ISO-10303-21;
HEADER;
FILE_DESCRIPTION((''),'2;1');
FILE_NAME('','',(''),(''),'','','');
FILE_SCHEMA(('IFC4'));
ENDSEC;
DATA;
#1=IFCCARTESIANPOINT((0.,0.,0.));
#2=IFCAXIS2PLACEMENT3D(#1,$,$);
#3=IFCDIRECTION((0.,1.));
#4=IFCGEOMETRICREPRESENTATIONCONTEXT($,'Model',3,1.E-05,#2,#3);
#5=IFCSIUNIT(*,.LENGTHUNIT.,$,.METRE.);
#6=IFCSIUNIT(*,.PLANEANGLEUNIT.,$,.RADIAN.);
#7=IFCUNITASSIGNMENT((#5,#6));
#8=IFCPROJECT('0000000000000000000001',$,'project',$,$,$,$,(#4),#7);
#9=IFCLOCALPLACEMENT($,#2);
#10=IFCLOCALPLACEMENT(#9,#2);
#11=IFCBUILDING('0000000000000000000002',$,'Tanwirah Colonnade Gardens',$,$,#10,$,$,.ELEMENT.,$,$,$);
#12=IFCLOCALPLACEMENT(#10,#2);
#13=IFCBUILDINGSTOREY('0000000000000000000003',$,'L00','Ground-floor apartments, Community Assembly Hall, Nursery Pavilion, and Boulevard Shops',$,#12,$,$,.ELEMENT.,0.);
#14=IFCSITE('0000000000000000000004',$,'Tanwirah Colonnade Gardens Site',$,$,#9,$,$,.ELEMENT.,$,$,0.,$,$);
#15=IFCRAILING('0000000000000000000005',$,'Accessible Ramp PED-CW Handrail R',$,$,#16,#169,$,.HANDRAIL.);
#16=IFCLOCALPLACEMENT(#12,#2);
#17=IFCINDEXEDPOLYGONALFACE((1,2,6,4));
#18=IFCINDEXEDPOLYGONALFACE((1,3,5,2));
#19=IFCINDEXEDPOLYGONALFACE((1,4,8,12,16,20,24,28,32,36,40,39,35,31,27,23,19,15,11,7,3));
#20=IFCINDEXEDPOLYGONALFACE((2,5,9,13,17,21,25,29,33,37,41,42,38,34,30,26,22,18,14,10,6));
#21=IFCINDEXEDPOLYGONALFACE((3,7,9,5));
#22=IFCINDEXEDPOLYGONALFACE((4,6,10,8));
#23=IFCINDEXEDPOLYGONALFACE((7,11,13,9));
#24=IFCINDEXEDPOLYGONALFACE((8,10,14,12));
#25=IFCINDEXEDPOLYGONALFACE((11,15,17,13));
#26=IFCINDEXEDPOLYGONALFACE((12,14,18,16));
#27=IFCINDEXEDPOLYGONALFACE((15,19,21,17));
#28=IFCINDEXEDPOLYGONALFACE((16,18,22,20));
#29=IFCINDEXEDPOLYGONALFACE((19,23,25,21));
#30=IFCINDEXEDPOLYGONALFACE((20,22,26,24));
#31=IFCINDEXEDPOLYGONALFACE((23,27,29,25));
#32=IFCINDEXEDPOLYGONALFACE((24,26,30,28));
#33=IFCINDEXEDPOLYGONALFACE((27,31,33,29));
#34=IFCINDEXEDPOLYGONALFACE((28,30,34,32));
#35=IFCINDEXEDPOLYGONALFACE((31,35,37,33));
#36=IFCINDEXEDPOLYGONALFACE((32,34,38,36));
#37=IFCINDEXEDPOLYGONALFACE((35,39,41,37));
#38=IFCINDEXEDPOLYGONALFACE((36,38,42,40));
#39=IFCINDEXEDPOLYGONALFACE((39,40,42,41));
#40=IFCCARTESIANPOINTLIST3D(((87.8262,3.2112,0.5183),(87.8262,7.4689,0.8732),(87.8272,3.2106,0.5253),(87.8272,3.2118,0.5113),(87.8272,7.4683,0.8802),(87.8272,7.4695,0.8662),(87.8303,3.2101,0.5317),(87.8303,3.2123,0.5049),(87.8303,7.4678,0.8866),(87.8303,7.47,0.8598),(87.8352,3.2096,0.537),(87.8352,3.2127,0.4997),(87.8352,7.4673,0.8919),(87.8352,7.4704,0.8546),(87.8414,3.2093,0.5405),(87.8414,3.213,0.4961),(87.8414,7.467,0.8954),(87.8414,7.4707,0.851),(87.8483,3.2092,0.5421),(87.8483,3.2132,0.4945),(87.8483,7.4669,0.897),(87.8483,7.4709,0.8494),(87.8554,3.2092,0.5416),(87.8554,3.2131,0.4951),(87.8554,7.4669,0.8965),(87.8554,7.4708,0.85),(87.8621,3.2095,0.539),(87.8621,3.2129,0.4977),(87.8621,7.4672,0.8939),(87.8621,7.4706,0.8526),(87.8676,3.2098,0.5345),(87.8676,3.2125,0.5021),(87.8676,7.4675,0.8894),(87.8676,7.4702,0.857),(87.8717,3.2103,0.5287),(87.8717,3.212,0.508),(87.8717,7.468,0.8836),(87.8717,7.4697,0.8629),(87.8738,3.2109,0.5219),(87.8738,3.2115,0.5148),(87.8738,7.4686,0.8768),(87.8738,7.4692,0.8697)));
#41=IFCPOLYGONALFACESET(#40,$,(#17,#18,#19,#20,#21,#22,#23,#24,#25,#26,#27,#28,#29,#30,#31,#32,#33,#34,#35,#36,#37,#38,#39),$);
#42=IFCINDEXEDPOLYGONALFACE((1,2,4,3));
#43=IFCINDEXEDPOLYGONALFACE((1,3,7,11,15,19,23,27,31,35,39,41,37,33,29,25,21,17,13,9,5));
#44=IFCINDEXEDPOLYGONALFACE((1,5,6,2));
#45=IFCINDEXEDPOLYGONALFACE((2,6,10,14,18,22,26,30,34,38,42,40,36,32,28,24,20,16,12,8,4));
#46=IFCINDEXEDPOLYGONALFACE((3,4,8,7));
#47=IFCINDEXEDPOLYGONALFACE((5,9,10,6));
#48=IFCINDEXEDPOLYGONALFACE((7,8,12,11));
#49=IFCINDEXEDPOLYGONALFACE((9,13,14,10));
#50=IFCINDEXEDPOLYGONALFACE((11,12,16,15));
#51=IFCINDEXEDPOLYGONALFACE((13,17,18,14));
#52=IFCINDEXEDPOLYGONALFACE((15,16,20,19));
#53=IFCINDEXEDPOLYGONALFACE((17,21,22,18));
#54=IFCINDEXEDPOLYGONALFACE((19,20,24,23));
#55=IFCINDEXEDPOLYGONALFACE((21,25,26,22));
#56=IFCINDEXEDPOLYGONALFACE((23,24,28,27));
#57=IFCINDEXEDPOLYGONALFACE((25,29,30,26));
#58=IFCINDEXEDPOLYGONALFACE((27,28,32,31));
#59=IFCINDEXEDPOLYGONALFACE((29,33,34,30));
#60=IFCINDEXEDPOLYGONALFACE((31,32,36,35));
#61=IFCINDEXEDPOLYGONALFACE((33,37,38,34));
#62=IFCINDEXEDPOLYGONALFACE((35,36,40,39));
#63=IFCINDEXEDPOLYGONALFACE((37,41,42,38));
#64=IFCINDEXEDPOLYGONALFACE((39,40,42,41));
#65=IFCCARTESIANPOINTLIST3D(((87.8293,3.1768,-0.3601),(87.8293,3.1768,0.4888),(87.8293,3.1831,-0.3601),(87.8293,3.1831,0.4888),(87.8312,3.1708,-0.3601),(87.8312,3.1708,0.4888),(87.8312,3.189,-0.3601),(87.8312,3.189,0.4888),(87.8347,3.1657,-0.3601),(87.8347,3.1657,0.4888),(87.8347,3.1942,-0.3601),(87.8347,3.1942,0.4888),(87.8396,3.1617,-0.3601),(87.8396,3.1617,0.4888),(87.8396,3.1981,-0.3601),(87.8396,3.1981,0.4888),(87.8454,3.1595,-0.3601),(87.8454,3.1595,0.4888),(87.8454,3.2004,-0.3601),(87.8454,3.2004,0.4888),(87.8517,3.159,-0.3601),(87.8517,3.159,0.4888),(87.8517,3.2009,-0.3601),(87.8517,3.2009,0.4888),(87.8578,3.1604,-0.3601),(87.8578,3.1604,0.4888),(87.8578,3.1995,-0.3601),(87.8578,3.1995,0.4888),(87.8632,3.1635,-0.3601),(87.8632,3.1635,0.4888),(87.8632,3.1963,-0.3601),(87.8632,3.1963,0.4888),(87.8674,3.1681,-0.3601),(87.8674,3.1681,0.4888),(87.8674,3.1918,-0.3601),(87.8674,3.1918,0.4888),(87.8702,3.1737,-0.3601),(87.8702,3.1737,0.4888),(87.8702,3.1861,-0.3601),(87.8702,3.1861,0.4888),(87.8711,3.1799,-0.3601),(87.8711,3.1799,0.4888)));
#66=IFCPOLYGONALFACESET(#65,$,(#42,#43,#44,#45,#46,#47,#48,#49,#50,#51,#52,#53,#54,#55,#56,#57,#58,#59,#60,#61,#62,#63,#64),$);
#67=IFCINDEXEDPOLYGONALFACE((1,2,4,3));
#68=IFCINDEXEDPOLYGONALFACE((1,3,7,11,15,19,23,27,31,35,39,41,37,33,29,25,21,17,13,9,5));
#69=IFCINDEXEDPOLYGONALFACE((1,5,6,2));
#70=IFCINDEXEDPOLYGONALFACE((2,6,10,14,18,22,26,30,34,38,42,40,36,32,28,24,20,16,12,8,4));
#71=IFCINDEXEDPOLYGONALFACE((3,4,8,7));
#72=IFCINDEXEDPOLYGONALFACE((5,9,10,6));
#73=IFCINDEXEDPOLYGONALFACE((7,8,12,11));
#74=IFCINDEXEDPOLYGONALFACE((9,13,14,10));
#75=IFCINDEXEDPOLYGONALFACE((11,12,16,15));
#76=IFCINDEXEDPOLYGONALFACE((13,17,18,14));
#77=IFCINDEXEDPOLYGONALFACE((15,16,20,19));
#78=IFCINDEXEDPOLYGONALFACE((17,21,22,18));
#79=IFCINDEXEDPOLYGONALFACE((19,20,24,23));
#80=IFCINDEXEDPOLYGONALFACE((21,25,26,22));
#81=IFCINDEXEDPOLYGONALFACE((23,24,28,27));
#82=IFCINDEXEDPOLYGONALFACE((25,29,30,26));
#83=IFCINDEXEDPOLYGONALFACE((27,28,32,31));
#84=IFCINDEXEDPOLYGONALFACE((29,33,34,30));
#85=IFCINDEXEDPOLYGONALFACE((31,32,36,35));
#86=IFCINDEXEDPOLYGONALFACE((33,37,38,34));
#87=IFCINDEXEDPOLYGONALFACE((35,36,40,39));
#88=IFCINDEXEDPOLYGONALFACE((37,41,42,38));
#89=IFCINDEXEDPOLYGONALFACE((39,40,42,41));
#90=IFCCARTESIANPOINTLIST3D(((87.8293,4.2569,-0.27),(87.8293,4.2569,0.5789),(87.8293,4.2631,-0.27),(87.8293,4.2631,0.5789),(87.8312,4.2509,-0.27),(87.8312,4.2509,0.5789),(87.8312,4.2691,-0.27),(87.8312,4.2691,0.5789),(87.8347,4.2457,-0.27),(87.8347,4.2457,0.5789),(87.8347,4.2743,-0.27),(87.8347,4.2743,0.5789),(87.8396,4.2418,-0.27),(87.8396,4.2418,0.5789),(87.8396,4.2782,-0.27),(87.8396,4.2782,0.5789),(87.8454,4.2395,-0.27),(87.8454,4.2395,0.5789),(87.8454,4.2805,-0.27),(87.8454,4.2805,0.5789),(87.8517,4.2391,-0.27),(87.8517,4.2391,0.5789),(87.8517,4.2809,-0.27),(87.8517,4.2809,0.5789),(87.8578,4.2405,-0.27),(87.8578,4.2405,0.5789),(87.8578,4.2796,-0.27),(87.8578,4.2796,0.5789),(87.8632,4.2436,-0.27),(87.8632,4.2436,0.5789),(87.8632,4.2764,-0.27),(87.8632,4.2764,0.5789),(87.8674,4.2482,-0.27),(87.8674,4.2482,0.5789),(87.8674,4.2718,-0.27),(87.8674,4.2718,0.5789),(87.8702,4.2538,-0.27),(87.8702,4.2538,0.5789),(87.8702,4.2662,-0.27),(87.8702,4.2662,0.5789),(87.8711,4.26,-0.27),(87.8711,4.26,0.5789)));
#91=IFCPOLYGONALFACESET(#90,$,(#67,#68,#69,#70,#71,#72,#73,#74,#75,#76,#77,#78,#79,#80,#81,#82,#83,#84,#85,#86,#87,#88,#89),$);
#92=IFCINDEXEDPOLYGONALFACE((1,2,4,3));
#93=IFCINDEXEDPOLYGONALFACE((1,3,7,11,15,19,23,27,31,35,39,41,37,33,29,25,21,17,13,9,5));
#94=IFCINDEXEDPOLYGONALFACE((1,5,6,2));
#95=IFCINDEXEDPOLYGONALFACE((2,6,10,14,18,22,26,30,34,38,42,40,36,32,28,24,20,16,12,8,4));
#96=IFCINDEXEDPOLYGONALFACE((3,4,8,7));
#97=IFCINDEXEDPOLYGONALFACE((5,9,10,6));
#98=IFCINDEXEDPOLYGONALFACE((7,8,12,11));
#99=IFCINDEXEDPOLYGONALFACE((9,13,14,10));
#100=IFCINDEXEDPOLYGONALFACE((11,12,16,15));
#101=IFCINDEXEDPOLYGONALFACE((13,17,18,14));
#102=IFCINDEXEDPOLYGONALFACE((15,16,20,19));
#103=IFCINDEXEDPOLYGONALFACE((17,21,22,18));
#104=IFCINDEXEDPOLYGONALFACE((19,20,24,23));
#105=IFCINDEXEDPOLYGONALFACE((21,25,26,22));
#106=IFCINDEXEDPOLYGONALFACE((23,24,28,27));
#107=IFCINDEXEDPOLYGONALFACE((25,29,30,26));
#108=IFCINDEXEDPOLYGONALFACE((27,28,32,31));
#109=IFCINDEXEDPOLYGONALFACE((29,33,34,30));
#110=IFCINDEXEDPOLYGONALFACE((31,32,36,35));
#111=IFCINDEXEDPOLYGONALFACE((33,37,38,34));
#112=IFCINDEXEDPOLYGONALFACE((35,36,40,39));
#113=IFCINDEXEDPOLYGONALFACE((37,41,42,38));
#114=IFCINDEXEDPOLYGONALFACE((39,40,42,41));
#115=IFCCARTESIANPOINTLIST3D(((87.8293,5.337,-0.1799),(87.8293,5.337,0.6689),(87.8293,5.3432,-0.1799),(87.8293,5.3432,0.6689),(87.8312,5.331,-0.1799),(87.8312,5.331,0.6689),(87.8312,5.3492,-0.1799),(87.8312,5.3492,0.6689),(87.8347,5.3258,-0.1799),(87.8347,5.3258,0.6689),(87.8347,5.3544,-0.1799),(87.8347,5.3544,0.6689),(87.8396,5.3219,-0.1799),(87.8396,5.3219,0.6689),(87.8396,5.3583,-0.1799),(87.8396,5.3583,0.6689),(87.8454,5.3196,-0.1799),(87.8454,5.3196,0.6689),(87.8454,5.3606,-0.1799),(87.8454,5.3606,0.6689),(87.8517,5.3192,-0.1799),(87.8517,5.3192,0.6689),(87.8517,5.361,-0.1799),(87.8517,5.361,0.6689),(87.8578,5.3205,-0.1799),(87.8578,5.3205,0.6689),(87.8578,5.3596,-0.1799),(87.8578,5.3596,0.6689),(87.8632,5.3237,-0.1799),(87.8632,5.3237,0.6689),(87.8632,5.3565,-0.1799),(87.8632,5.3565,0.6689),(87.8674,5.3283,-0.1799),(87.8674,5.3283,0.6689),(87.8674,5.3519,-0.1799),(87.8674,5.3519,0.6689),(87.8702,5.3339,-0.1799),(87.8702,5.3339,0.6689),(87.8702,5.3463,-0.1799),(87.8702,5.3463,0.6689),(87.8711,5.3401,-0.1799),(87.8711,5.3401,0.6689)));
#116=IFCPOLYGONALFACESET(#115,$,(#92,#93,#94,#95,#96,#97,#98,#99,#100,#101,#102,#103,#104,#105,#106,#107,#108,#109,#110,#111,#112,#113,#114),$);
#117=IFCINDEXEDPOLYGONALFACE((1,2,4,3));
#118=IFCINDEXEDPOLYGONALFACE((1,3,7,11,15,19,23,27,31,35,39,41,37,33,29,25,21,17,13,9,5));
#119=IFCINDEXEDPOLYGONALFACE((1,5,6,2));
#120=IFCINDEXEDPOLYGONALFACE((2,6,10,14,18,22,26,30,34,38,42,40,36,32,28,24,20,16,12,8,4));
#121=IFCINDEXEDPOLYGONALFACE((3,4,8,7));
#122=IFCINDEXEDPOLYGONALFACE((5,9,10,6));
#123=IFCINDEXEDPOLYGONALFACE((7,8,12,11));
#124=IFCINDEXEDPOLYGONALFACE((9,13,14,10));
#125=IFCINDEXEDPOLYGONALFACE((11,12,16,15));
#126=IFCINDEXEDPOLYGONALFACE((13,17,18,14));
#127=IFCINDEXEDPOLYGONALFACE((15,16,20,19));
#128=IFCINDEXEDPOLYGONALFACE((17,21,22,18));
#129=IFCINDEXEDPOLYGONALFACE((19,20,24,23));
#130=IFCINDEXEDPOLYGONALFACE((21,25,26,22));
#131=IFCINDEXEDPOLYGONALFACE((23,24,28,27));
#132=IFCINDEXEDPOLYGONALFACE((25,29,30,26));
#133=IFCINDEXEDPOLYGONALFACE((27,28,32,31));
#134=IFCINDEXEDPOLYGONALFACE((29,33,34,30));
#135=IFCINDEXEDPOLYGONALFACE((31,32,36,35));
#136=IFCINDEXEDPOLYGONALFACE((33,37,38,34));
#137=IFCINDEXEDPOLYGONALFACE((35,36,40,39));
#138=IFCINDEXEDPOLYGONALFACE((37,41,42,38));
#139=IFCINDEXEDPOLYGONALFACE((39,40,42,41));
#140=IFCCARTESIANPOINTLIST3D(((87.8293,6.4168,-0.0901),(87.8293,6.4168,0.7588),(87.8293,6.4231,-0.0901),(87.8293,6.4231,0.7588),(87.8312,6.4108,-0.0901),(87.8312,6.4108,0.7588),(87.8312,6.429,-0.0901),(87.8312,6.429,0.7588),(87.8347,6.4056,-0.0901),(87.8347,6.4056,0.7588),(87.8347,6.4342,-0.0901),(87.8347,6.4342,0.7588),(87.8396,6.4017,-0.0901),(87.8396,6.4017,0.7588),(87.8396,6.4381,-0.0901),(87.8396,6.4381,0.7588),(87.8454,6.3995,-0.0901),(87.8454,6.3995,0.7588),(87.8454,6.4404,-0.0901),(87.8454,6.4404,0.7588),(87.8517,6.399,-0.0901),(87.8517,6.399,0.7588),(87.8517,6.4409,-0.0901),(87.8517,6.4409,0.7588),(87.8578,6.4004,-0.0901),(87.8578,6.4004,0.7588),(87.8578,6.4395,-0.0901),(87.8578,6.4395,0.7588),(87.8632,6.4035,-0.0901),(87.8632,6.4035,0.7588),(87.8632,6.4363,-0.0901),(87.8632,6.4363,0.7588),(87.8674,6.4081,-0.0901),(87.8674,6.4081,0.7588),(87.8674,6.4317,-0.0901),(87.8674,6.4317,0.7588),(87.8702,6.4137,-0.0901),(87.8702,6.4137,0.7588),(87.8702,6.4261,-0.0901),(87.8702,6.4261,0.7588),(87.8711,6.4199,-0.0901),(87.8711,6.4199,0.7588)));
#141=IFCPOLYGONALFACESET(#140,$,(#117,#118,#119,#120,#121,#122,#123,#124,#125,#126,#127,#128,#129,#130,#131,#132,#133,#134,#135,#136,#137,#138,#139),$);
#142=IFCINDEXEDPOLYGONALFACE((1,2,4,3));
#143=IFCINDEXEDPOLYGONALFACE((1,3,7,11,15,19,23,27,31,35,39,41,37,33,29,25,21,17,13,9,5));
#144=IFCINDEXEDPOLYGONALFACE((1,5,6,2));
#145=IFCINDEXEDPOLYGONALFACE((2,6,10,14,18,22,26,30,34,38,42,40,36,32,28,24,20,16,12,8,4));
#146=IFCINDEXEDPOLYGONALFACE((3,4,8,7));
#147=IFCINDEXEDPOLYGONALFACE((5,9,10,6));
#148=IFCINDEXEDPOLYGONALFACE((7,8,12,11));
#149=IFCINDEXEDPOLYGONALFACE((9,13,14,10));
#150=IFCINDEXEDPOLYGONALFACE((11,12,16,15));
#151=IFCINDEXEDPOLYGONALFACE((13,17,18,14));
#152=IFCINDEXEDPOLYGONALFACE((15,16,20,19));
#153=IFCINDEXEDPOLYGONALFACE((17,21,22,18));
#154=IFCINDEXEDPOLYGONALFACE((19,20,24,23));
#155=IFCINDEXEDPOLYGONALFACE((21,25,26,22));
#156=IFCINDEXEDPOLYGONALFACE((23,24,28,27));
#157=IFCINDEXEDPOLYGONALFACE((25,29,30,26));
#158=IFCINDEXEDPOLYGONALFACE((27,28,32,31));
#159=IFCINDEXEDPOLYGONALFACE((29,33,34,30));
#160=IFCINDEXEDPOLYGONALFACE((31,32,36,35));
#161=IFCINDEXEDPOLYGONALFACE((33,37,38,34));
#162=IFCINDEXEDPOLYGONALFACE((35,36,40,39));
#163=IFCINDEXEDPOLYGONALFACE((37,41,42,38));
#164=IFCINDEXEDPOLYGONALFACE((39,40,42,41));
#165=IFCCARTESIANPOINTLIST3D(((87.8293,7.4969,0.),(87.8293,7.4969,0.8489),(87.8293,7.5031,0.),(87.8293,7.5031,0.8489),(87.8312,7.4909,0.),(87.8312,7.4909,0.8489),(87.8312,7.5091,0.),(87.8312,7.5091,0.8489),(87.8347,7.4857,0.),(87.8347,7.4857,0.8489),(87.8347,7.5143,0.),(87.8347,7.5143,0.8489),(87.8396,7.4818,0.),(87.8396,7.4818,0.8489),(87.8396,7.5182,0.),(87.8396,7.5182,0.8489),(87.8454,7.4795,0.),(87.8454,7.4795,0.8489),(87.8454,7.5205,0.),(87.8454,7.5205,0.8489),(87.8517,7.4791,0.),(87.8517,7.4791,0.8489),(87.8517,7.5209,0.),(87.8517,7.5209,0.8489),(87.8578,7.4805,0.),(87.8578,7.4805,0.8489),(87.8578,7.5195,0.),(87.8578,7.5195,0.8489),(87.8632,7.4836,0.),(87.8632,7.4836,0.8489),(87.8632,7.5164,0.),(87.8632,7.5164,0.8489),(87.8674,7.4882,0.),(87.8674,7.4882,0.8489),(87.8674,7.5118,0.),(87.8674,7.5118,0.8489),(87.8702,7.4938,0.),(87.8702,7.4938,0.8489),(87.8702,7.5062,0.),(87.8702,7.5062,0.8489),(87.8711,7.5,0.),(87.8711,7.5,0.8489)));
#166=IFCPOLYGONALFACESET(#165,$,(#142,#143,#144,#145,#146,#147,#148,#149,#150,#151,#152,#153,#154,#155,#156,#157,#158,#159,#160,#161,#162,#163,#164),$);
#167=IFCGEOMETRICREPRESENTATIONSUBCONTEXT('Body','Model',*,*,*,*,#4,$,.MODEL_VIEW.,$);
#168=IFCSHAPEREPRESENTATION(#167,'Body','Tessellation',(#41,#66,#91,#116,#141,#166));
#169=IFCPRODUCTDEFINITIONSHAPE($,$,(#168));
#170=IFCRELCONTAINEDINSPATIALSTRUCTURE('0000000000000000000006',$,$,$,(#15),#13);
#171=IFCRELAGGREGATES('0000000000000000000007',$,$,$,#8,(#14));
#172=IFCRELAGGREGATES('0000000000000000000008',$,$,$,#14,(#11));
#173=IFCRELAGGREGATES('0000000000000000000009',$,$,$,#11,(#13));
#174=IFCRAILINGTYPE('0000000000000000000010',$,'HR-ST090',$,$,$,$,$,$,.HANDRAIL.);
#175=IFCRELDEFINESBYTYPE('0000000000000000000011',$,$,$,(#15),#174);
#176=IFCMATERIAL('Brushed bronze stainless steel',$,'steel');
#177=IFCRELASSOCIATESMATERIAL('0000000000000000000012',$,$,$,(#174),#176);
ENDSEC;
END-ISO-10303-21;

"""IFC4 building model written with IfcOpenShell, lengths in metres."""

from ifc_helpers import new_model, si_unit, direction, frame, origin, origin_2d, place, context, subcontext, project, spatial, circle, extrude, material, type_object, element, save


model = new_model("IFC4")

# Units and contexts
model_context = context("Model", 3, precision=1e-05, world=origin(), true_north=direction((0.0, 1.0)))
body_context = subcontext(model_context, "Body", "Model", "MODEL_VIEW")
ifc_project = project(units=[si_unit("LENGTHUNIT", "METRE"), si_unit("PLANEANGLEUNIT", "RADIAN")], contexts=[model_context])

# Site, building, storey
site_placement = place(None, origin())
site = spatial("IfcSite", under=ifc_project, at=site_placement, Name="Tanwirah Colonnade Gardens Site", CompositionType="ELEMENT", RefElevation=0.0)
building_placement = place(site_placement, origin())
building = spatial("IfcBuilding", under=site, at=building_placement, Name="Tanwirah Colonnade Gardens", CompositionType="ELEMENT")
storey_placement = place(building_placement, origin())
storey = spatial("IfcBuildingStorey", under=building, at=storey_placement, Name="L00", Description="Ground-floor apartments, Community Assembly Hall, Nursery Pavilion, and Boulevard Shops", CompositionType="ELEMENT", Elevation=0.0)

# Railing
ifc_material_1 = material(Name="Brushed bronze stainless steel", Category="steel")
railing_type = type_object("IfcRailingType", Name="HR-ST090", PredefinedType="HANDRAIL", material=ifc_material_1)
for number, where, name in (
    (1, (87.8501, 3.1799, -0.3601), "Accessible Ramp PED-CW Handrail R"),
):
    element("IfcRailing", number, at=place(storey_placement, frame(where)), inside=storey, type_object=railing_type, Name=name, PredefinedType="HANDRAIL", context=body_context, shape_type="SweptSolid", body=[
        extrude(circle(Radius=0.0239, at=origin_2d()), frame((0.0, 0.0312, 0.8784), z_axis=(0.0, 0.996544, 0.083069), x_axis=(-1.0, 0.0, 0.0)), (0.0, 0.0, 1.0), 4.2725),
        extrude(circle(Radius=0.021, at=origin_2d()), origin(), (0.0, 0.0, 1.0), 0.8489),
        extrude(circle(Radius=0.021, at=origin_2d()), frame((0.0, 1.0801, 0.0901)), (0.0, 0.0, 1.0), 0.8489),
        extrude(circle(Radius=0.021, at=origin_2d()), frame((0.0, 2.1602, 0.1802)), (0.0, 0.0, 1.0), 0.8489),
        extrude(circle(Radius=0.021, at=origin_2d()), frame((0.0, 3.24, 0.27)), (0.0, 0.0, 1.0), 0.8489),
        extrude(circle(Radius=0.021, at=origin_2d()), frame((0.0, 4.3201, 0.3601)), (0.0, 0.0, 1.0), 0.8489),
    ])

save(model, "model.ifc")
